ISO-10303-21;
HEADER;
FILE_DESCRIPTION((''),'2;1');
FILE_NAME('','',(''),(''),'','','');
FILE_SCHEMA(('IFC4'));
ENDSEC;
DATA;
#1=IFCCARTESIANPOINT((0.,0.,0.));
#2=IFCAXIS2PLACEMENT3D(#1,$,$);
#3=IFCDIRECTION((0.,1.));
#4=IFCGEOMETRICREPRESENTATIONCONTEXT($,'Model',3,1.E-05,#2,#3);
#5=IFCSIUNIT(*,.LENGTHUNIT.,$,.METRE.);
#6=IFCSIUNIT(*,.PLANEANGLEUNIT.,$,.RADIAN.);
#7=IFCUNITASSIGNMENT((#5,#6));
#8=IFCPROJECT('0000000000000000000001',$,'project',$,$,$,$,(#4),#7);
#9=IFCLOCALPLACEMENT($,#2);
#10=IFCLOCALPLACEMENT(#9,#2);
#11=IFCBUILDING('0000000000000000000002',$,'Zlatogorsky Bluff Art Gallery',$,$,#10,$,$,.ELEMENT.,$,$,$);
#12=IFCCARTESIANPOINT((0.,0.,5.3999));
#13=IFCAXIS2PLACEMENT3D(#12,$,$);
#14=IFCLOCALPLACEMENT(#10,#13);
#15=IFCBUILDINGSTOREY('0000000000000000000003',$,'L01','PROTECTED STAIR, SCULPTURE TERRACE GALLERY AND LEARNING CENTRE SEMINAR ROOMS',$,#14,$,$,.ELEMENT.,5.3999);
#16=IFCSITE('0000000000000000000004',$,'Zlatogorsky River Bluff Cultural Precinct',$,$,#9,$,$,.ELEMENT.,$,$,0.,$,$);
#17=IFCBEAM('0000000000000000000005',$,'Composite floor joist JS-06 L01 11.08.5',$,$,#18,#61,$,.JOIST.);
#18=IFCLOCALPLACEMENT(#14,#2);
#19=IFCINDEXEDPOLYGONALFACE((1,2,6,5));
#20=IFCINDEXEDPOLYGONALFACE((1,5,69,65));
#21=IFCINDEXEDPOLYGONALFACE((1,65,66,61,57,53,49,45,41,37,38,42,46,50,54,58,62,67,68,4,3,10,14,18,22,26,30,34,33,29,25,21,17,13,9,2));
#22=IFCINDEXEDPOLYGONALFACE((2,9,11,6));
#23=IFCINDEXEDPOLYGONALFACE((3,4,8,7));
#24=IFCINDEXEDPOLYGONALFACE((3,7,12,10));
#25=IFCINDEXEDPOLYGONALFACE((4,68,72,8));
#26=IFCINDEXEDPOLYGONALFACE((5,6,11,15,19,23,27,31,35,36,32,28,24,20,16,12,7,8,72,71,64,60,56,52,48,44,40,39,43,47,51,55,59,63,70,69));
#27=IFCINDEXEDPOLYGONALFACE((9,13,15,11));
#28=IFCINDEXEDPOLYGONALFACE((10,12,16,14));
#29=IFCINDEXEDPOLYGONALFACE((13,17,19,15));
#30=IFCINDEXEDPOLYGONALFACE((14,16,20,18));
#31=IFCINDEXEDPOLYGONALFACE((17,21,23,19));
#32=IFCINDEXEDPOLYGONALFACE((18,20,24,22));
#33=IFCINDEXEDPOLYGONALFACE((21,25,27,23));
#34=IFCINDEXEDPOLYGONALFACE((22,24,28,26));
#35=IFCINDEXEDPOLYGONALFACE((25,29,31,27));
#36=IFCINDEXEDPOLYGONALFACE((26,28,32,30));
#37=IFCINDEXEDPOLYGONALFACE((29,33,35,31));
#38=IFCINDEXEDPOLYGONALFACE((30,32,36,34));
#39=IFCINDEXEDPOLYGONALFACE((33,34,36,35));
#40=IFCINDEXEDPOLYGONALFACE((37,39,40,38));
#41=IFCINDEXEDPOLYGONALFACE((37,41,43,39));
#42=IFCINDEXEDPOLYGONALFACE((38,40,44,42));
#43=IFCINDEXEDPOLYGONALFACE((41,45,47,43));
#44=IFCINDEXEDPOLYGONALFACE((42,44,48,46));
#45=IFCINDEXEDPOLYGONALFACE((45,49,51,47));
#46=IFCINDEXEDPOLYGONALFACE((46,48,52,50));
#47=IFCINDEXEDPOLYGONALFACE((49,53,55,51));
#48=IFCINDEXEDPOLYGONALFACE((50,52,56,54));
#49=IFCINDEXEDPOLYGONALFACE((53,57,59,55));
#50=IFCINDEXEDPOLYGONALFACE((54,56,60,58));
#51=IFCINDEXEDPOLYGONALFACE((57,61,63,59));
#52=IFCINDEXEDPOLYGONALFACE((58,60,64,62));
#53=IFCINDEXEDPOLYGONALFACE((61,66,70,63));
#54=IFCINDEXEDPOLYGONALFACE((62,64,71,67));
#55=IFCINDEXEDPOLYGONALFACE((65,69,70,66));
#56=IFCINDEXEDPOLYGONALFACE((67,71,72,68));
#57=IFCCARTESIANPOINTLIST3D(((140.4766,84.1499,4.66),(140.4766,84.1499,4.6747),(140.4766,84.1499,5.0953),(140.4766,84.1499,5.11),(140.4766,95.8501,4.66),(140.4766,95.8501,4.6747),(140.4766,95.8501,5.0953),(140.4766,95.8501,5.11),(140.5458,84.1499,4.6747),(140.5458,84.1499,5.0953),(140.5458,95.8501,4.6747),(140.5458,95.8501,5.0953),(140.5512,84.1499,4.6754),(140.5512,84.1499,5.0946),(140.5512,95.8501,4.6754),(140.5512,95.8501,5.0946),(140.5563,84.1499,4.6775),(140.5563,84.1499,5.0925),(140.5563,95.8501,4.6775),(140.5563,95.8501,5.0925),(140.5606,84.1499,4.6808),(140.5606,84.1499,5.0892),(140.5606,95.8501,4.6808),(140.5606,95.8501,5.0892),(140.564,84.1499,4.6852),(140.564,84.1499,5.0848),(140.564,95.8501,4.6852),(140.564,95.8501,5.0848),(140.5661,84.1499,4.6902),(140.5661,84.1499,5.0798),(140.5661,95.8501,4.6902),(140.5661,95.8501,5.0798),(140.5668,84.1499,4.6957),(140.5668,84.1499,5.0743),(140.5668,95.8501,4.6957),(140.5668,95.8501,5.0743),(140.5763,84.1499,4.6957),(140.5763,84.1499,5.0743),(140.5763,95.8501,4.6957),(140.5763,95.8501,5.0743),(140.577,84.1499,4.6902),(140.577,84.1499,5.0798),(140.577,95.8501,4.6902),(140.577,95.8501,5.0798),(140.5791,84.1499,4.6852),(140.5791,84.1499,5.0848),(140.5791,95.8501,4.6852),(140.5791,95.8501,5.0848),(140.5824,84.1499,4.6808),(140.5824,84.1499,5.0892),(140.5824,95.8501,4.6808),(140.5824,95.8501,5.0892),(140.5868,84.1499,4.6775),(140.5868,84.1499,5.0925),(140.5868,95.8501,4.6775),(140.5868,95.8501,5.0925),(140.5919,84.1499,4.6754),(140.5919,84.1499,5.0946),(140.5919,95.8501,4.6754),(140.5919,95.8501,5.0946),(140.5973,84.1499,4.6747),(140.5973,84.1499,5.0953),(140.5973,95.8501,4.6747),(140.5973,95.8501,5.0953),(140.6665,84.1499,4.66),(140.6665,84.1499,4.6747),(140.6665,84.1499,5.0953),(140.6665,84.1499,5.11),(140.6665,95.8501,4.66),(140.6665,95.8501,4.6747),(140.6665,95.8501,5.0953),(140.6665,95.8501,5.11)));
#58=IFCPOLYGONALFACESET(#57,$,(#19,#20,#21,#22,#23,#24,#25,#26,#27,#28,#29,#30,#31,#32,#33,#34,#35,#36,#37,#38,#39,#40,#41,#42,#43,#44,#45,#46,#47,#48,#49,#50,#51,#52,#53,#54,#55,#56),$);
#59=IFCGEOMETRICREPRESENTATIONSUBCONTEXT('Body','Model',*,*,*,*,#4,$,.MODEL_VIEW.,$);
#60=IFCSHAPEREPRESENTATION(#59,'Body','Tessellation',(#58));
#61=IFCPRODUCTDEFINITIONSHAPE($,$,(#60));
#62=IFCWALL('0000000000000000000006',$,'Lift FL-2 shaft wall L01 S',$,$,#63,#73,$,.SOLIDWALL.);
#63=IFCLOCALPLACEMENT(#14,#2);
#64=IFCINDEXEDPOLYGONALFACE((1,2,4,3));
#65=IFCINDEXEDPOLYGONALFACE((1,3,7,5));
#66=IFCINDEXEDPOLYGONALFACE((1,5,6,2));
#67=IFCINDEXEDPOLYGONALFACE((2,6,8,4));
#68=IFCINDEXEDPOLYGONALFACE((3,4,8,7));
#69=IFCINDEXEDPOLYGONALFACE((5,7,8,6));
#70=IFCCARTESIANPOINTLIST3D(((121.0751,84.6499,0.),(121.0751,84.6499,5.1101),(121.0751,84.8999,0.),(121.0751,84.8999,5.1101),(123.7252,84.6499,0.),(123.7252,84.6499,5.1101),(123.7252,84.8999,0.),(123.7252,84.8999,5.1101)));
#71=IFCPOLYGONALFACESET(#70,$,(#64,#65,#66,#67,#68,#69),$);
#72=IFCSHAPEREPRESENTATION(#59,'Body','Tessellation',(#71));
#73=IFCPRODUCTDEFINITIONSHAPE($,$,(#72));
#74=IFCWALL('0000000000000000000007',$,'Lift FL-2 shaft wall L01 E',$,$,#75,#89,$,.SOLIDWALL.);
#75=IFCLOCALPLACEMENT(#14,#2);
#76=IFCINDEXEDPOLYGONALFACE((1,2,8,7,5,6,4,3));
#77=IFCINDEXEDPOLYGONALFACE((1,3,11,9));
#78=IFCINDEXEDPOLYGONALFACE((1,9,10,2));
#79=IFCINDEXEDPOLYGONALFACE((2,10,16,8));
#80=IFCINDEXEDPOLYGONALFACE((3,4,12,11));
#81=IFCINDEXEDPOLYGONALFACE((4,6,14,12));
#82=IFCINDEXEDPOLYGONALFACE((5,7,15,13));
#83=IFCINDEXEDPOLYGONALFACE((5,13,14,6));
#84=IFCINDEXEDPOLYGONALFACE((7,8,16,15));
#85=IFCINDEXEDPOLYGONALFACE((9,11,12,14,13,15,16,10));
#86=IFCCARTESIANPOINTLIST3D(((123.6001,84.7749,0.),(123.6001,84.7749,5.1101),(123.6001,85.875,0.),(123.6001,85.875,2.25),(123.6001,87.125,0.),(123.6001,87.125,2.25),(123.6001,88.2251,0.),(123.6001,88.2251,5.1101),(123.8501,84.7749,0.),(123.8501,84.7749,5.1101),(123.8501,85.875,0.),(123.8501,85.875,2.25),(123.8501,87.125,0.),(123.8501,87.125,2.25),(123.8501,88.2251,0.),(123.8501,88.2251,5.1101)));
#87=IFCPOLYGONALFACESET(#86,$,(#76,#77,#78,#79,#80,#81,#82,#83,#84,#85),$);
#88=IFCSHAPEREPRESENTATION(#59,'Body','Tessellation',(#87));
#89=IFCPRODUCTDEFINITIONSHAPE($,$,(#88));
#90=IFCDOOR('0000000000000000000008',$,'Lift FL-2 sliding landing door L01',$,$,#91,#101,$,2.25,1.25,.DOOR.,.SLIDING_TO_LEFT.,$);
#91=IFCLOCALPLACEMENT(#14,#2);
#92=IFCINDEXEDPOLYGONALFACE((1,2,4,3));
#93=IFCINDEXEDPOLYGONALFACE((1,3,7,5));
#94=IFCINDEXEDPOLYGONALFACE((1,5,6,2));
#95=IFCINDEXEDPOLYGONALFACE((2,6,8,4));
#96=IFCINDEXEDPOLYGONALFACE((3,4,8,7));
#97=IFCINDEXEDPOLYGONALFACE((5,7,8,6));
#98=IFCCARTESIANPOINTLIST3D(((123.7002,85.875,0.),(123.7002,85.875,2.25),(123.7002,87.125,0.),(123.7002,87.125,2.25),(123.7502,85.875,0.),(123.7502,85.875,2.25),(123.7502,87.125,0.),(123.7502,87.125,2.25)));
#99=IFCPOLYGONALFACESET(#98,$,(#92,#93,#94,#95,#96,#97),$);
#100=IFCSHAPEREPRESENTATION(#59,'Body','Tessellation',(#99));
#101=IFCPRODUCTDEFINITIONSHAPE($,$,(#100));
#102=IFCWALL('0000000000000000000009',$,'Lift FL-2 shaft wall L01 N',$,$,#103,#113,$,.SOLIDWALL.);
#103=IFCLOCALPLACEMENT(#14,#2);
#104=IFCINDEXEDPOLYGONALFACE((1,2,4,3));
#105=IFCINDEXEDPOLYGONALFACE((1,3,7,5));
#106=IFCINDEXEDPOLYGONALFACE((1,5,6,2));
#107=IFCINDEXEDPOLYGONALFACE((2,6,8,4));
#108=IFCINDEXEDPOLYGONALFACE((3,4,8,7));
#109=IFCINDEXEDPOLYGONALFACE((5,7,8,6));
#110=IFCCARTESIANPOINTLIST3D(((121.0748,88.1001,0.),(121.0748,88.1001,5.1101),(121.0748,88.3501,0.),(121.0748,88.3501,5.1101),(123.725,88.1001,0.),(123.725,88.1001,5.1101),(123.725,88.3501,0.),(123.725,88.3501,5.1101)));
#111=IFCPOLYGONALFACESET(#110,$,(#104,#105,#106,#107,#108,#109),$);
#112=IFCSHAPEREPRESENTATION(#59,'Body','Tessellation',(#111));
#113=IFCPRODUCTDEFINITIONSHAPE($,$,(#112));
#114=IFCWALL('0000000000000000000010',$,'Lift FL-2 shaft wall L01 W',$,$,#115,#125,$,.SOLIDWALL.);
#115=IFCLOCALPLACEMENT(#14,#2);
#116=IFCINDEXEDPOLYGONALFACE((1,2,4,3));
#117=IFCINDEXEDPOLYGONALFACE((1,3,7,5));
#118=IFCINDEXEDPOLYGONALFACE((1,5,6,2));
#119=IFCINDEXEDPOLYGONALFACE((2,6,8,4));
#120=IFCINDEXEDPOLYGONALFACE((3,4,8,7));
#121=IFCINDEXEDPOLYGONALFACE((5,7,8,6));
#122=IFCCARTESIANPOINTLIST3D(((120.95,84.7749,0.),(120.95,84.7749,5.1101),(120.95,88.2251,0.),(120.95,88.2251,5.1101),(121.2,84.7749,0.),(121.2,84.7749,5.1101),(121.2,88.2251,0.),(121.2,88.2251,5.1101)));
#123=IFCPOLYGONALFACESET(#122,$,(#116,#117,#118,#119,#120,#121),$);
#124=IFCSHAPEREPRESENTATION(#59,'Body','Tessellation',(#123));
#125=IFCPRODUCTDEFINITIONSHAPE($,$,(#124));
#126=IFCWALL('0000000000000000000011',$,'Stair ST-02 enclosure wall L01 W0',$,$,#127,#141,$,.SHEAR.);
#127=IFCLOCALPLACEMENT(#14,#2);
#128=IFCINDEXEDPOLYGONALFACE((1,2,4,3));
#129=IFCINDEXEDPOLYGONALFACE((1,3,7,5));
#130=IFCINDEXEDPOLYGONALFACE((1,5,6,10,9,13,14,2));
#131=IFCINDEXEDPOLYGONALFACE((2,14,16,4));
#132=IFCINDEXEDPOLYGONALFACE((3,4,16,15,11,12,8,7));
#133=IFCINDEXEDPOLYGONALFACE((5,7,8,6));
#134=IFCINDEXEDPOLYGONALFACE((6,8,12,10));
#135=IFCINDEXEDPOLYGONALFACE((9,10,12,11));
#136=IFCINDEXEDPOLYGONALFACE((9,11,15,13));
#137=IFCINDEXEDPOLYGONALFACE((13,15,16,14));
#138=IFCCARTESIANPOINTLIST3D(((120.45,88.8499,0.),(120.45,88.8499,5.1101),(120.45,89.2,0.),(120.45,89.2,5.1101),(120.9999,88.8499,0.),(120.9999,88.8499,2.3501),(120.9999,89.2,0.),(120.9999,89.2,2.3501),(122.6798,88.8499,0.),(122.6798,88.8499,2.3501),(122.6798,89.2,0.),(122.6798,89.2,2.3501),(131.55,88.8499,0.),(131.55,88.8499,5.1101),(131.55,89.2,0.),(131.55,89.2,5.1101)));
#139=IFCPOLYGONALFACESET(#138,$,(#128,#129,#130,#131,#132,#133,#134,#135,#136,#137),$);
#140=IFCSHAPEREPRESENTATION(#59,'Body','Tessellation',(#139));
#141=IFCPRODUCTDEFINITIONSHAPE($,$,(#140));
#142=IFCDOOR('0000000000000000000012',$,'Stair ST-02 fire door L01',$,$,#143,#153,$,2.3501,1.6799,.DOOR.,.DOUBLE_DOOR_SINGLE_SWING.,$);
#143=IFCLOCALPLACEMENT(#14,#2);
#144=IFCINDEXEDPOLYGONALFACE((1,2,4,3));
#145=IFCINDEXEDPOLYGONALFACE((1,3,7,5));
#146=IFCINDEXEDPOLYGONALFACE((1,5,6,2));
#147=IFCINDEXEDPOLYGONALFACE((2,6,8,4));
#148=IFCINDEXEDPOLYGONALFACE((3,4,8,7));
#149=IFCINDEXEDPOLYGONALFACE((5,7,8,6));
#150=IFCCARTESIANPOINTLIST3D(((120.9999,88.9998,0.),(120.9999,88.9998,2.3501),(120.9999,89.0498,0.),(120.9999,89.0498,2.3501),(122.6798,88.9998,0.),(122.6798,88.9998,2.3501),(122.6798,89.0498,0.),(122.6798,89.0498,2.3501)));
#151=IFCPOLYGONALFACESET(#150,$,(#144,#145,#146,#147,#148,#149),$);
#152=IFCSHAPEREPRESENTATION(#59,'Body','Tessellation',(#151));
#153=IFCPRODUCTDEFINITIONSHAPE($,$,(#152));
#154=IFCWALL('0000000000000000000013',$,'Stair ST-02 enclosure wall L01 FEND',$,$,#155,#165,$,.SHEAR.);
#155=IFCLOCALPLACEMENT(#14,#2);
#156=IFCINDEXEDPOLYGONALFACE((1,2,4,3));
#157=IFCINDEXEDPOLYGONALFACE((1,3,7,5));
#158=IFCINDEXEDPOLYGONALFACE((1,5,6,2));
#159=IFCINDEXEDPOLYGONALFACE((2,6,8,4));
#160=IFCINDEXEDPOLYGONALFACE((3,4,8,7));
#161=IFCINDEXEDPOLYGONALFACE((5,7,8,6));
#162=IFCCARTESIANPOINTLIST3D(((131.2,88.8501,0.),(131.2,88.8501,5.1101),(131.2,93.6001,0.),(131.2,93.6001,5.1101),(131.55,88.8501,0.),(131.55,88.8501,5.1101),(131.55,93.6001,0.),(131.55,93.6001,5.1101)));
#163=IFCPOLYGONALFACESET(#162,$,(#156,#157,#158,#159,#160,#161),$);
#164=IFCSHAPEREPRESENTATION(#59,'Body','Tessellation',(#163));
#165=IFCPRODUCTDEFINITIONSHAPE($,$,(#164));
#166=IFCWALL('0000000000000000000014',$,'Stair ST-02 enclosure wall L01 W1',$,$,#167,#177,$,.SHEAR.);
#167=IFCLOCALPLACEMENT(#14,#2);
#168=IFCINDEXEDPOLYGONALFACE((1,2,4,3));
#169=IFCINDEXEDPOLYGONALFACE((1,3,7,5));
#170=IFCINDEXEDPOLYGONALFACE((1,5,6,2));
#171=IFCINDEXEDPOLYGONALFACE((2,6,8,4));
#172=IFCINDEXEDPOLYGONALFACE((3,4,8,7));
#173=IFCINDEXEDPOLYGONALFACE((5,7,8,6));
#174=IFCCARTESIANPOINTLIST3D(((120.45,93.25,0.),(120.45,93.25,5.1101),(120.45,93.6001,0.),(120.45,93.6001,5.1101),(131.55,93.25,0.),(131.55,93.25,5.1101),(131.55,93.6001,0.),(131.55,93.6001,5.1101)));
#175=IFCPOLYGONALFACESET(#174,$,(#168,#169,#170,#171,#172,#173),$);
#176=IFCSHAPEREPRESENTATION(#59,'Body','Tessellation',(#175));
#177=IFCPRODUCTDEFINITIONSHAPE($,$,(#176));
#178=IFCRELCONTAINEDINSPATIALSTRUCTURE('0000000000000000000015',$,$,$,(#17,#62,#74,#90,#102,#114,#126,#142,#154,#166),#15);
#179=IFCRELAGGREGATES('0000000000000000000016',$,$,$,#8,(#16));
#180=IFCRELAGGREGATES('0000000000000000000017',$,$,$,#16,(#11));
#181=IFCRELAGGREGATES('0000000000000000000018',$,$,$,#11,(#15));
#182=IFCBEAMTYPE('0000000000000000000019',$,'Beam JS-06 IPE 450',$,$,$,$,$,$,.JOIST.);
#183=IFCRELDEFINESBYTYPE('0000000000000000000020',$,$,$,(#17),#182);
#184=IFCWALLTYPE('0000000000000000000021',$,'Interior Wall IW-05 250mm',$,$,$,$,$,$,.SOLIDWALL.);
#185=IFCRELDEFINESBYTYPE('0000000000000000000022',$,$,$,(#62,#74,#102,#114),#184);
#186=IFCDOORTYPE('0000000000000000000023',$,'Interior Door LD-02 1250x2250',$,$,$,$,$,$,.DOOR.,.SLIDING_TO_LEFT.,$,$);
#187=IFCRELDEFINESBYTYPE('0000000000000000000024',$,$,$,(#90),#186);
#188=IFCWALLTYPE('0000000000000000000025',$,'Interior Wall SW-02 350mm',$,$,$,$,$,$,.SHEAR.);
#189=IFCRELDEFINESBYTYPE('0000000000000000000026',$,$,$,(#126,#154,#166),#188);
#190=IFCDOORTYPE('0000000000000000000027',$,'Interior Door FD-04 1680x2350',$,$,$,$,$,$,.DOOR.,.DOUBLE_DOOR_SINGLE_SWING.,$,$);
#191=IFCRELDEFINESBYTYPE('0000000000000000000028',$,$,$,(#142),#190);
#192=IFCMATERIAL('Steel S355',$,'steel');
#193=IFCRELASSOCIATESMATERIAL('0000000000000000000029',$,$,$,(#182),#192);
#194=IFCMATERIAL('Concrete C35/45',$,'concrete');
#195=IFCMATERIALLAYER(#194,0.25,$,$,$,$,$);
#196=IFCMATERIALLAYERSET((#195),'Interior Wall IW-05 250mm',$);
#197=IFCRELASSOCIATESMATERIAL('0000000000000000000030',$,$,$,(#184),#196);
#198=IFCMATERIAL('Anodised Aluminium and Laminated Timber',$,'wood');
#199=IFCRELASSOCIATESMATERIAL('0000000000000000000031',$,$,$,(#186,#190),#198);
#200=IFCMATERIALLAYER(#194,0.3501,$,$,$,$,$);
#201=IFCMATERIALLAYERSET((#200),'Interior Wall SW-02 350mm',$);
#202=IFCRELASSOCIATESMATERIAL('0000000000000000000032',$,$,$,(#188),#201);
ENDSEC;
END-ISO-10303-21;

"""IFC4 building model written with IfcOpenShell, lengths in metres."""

from ifc_helpers import new_model, si_unit, direction, frame, frame_2d, origin, origin_2d, place, context, subcontext, project, spatial, rectangle, i_section, extrude, material, layer, layer_set, material_profile, profile_set, type_object, element, fill, save


model = new_model("IFC4")

# Units and contexts
model_context = context("Model", 3, precision=1e-05, world=origin(), true_north=direction((0.0, 1.0)))
body_context = subcontext(model_context, "Body", "Model", "MODEL_VIEW")
ifc_project = project(units=[si_unit("LENGTHUNIT", "METRE"), si_unit("PLANEANGLEUNIT", "RADIAN")], contexts=[model_context])

# Site, building, storey
site_placement = place(None, origin())
site = spatial("IfcSite", under=ifc_project, at=site_placement, Name="Zlatogorsky River Bluff Cultural Precinct", CompositionType="ELEMENT", RefElevation=0.0)
building_placement = place(site_placement, origin())
building = spatial("IfcBuilding", under=site, at=building_placement, Name="Zlatogorsky Bluff Art Gallery", CompositionType="ELEMENT")
storey_placement = place(building_placement, frame((0.0, 0.0, 5.3999)))
storey = spatial("IfcBuildingStorey", under=building, at=storey_placement, Name="L01", Description="PROTECTED STAIR, SCULPTURE TERRACE GALLERY AND LEARNING CENTRE SEMINAR ROOMS", CompositionType="ELEMENT", Elevation=5.3999)

# Shared definitions
ifc_material_1 = material(Name="Steel S355", Category="steel")

# Beam
ifc_material_profile_1 = material_profile(ifc_material_1, i_section(OverallWidth=0.1899, OverallDepth=0.45, WebThickness=0.0095, FlangeThickness=0.0146, FilletRadius=0.021, at=origin_2d()), Name="IPE 450")
ifc_profile_set_1 = profile_set([ifc_material_profile_1], Name="Steel S355")
beam_type_1 = type_object("IfcBeamType", Name="Beam JS-06 IPE 450", PredefinedType="JOIST", material=ifc_profile_set_1)
for number, where, z_axis, x_axis, name in (
    (1, (140.5715, 84.1499, 4.885), (0.0, 1.0, 0.0), (-1.0, 0.0, 0.0), "Composite floor joist JS-06 L01 11.08.5"),
):
    element("IfcBeam", number, at=place(storey_placement, frame(where, z_axis=z_axis, x_axis=x_axis)), inside=storey, type_object=beam_type_1, Name=name, PredefinedType="JOIST", context=body_context, shape_type="SweptSolid", body=[
        extrude(i_section(OverallWidth=0.1899, OverallDepth=0.45, WebThickness=0.0095, FlangeThickness=0.0146, FilletRadius=0.021, at=origin_2d()), origin(), (0.0, 0.0, 1.0), 11.7002),
    ])

# Shared definitions
ifc_material_2 = material(Name="Anodised Aluminium and Laminated Timber", Category="wood")

# Wall
ifc_material_3 = material(Name="Concrete C35/45", Category="concrete")
ifc_layer_1 = layer(ifc_material_3, 0.25)
ifc_layer_set_1 = layer_set([ifc_layer_1], Name="Interior Wall IW-05 250mm")
wall_type_1 = type_object("IfcWallType", Name="Interior Wall IW-05 250mm", PredefinedType="SOLIDWALL", material=ifc_layer_set_1)
wall_1_placement = place(storey_placement, frame((121.075, 84.7749, 0.0), z_axis=(0.0, 0.0, 1.0), x_axis=(1.0, 0.0, 0.0)))
element("IfcWall", 2, at=wall_1_placement, inside=storey, type_object=wall_type_1, Name="Lift FL-2 shaft wall L01 S", PredefinedType="SOLIDWALL", context=body_context, shape_type="SweptSolid", body=[
    extrude(rectangle(XDim=2.6501, YDim=0.25, at=frame_2d((1.3252, 0.0))), origin(), (0.0, 0.0, 1.0), 5.1101),
])

# Wall, opening, door
wall_2_placement = place(storey_placement, frame((123.7251, 84.7749, 0.0), z_axis=(0.0, 0.0, 1.0), x_axis=(0.0, 1.0, 0.0)))
wall_2 = element("IfcWall", 3, at=wall_2_placement, inside=storey, type_object=wall_type_1, Name="Lift FL-2 shaft wall L01 E", PredefinedType="SOLIDWALL", context=body_context, shape_type="SweptSolid", body=[
    extrude(rectangle(XDim=3.4502, YDim=0.25, at=frame_2d((1.7251, 0.0))), origin(), (0.0, 0.0, 1.0), 5.1101),
])
opening_1_placement = place(wall_2_placement, frame((1.1001, 0.0, 0.0)))
opening_1 = element("IfcOpeningElement", 4, at=opening_1_placement, cuts=wall_2, PredefinedType="OPENING", context=body_context, shape_type="SweptSolid", body=[
    extrude(rectangle(XDim=1.25, YDim=2.25, at=frame_2d((0.625, 1.125))), frame((0.0, 0.135, 0.0), z_axis=(0.0, -1.0, 0.0), x_axis=(1.0, 0.0, 0.0)), (0.0, 0.0, 1.0), 0.27),
])
door_type_1 = type_object("IfcDoorType", Name="Interior Door LD-02 1250x2250", OperationType="SLIDING_TO_LEFT", PredefinedType="DOOR", material=ifc_material_2)
door_1_placement = place(opening_1_placement, origin())
door_1 = element("IfcDoor", 5, at=door_1_placement, inside=storey, type_object=door_type_1, Name="Lift FL-2 sliding landing door L01", OperationType="SLIDING_TO_LEFT", OverallHeight=2.25, OverallWidth=1.25, PredefinedType="DOOR", context=body_context, shape_type="SweptSolid", body=[
    extrude(rectangle(XDim=1.25, YDim=2.25, at=frame_2d((0.625, 1.125))), frame((0.0, 0.0249, 0.0), z_axis=(0.0, -1.0, 0.0), x_axis=(1.0, 0.0, 0.0)), (0.0, 0.0, 1.0), 0.05),
])
fill(opening_1, door_1)

# Walls
wall_3_placement = place(storey_placement, frame((123.7251, 88.2251, 0.0), z_axis=(0.0, 0.0, 1.0), x_axis=(-1.0, 0.0, 0.0)))
element("IfcWall", 6, at=wall_3_placement, inside=storey, type_object=wall_type_1, Name="Lift FL-2 shaft wall L01 N", PredefinedType="SOLIDWALL", context=body_context, shape_type="SweptSolid", body=[
    extrude(rectangle(XDim=2.6501, YDim=0.25, at=frame_2d((1.3252, 0.0))), origin(), (0.0, 0.0, 1.0), 5.1101),
])
wall_4_placement = place(storey_placement, frame((121.075, 88.2251, 0.0), z_axis=(0.0, 0.0, 1.0), x_axis=(0.0, -1.0, 0.0)))
element("IfcWall", 7, at=wall_4_placement, inside=storey, type_object=wall_type_1, Name="Lift FL-2 shaft wall L01 W", PredefinedType="SOLIDWALL", context=body_context, shape_type="SweptSolid", body=[
    extrude(rectangle(XDim=3.4502, YDim=0.25, at=frame_2d((1.7251, 0.0))), origin(), (0.0, 0.0, 1.0), 5.1101),
])

# Wall, opening, door
ifc_layer_2 = layer(ifc_material_3, 0.3501)
ifc_layer_set_2 = layer_set([ifc_layer_2], Name="Interior Wall SW-02 350mm")
wall_type_2 = type_object("IfcWallType", Name="Interior Wall SW-02 350mm", PredefinedType="SHEAR", material=ifc_layer_set_2)
wall_5_placement = place(storey_placement, frame((120.45, 89.0249, 0.0), z_axis=(0.0, 0.0, 1.0), x_axis=(1.0, 0.0, 0.0)))
wall_5 = element("IfcWall", 8, at=wall_5_placement, inside=storey, type_object=wall_type_2, Name="Stair ST-02 enclosure wall L01 W0", PredefinedType="SHEAR", context=body_context, shape_type="SweptSolid", body=[
    extrude(rectangle(XDim=11.1001, YDim=0.3501, at=frame_2d((5.55, 0.0))), origin(), (0.0, 0.0, 1.0), 5.1101),
])
opening_2_placement = place(wall_5_placement, frame((0.55, 0.0, 0.0)))
opening_2 = element("IfcOpeningElement", 9, at=opening_2_placement, cuts=wall_5, PredefinedType="OPENING", context=body_context, shape_type="SweptSolid", body=[
    extrude(rectangle(XDim=1.6799, YDim=2.3501, at=frame_2d((0.8398, 1.175))), frame((0.0, 0.1851, 0.0), z_axis=(0.0, -1.0, 0.0), x_axis=(1.0, 0.0, 0.0)), (0.0, 0.0, 1.0), 0.3701),
])
door_type_2 = type_object("IfcDoorType", Name="Interior Door FD-04 1680x2350", OperationType="DOUBLE_DOOR_SINGLE_SWING", PredefinedType="DOOR", material=ifc_material_2)
door_2_placement = place(opening_2_placement, origin())
door_2 = element("IfcDoor", 10, at=door_2_placement, inside=storey, type_object=door_type_2, Name="Stair ST-02 fire door L01", OperationType="DOUBLE_DOOR_SINGLE_SWING", OverallHeight=2.3501, OverallWidth=1.6799, PredefinedType="DOOR", context=body_context, shape_type="SweptSolid", body=[
    extrude(rectangle(XDim=1.6799, YDim=2.3501, at=frame_2d((0.8398, 1.175))), frame((0.0, 0.0249, 0.0), z_axis=(0.0, -1.0, 0.0), x_axis=(1.0, 0.0, 0.0)), (0.0, 0.0, 1.0), 0.05),
])
fill(opening_2, door_2)

# Walls
wall_6_placement = place(storey_placement, frame((131.375, 88.8501, 0.0), z_axis=(0.0, 0.0, 1.0), x_axis=(0.0, 1.0, 0.0)))
element("IfcWall", 11, at=wall_6_placement, inside=storey, type_object=wall_type_2, Name="Stair ST-02 enclosure wall L01 FEND", PredefinedType="SHEAR", context=body_context, shape_type="SweptSolid", body=[
    extrude(rectangle(XDim=4.75, YDim=0.3501, at=frame_2d((2.375, 0.0))), origin(), (0.0, 0.0, 1.0), 5.1101),
])
wall_7_placement = place(storey_placement, frame((131.55, 93.425, 0.0), z_axis=(0.0, 0.0, 1.0), x_axis=(-1.0, 0.0, 0.0)))
element("IfcWall", 12, at=wall_7_placement, inside=storey, type_object=wall_type_2, Name="Stair ST-02 enclosure wall L01 W1", PredefinedType="SHEAR", context=body_context, shape_type="SweptSolid", body=[
    extrude(rectangle(XDim=11.1001, YDim=0.3501, at=frame_2d((5.55, 0.0))), origin(), (0.0, 0.0, 1.0), 5.1101),
])

save(model, "model.ifc")
